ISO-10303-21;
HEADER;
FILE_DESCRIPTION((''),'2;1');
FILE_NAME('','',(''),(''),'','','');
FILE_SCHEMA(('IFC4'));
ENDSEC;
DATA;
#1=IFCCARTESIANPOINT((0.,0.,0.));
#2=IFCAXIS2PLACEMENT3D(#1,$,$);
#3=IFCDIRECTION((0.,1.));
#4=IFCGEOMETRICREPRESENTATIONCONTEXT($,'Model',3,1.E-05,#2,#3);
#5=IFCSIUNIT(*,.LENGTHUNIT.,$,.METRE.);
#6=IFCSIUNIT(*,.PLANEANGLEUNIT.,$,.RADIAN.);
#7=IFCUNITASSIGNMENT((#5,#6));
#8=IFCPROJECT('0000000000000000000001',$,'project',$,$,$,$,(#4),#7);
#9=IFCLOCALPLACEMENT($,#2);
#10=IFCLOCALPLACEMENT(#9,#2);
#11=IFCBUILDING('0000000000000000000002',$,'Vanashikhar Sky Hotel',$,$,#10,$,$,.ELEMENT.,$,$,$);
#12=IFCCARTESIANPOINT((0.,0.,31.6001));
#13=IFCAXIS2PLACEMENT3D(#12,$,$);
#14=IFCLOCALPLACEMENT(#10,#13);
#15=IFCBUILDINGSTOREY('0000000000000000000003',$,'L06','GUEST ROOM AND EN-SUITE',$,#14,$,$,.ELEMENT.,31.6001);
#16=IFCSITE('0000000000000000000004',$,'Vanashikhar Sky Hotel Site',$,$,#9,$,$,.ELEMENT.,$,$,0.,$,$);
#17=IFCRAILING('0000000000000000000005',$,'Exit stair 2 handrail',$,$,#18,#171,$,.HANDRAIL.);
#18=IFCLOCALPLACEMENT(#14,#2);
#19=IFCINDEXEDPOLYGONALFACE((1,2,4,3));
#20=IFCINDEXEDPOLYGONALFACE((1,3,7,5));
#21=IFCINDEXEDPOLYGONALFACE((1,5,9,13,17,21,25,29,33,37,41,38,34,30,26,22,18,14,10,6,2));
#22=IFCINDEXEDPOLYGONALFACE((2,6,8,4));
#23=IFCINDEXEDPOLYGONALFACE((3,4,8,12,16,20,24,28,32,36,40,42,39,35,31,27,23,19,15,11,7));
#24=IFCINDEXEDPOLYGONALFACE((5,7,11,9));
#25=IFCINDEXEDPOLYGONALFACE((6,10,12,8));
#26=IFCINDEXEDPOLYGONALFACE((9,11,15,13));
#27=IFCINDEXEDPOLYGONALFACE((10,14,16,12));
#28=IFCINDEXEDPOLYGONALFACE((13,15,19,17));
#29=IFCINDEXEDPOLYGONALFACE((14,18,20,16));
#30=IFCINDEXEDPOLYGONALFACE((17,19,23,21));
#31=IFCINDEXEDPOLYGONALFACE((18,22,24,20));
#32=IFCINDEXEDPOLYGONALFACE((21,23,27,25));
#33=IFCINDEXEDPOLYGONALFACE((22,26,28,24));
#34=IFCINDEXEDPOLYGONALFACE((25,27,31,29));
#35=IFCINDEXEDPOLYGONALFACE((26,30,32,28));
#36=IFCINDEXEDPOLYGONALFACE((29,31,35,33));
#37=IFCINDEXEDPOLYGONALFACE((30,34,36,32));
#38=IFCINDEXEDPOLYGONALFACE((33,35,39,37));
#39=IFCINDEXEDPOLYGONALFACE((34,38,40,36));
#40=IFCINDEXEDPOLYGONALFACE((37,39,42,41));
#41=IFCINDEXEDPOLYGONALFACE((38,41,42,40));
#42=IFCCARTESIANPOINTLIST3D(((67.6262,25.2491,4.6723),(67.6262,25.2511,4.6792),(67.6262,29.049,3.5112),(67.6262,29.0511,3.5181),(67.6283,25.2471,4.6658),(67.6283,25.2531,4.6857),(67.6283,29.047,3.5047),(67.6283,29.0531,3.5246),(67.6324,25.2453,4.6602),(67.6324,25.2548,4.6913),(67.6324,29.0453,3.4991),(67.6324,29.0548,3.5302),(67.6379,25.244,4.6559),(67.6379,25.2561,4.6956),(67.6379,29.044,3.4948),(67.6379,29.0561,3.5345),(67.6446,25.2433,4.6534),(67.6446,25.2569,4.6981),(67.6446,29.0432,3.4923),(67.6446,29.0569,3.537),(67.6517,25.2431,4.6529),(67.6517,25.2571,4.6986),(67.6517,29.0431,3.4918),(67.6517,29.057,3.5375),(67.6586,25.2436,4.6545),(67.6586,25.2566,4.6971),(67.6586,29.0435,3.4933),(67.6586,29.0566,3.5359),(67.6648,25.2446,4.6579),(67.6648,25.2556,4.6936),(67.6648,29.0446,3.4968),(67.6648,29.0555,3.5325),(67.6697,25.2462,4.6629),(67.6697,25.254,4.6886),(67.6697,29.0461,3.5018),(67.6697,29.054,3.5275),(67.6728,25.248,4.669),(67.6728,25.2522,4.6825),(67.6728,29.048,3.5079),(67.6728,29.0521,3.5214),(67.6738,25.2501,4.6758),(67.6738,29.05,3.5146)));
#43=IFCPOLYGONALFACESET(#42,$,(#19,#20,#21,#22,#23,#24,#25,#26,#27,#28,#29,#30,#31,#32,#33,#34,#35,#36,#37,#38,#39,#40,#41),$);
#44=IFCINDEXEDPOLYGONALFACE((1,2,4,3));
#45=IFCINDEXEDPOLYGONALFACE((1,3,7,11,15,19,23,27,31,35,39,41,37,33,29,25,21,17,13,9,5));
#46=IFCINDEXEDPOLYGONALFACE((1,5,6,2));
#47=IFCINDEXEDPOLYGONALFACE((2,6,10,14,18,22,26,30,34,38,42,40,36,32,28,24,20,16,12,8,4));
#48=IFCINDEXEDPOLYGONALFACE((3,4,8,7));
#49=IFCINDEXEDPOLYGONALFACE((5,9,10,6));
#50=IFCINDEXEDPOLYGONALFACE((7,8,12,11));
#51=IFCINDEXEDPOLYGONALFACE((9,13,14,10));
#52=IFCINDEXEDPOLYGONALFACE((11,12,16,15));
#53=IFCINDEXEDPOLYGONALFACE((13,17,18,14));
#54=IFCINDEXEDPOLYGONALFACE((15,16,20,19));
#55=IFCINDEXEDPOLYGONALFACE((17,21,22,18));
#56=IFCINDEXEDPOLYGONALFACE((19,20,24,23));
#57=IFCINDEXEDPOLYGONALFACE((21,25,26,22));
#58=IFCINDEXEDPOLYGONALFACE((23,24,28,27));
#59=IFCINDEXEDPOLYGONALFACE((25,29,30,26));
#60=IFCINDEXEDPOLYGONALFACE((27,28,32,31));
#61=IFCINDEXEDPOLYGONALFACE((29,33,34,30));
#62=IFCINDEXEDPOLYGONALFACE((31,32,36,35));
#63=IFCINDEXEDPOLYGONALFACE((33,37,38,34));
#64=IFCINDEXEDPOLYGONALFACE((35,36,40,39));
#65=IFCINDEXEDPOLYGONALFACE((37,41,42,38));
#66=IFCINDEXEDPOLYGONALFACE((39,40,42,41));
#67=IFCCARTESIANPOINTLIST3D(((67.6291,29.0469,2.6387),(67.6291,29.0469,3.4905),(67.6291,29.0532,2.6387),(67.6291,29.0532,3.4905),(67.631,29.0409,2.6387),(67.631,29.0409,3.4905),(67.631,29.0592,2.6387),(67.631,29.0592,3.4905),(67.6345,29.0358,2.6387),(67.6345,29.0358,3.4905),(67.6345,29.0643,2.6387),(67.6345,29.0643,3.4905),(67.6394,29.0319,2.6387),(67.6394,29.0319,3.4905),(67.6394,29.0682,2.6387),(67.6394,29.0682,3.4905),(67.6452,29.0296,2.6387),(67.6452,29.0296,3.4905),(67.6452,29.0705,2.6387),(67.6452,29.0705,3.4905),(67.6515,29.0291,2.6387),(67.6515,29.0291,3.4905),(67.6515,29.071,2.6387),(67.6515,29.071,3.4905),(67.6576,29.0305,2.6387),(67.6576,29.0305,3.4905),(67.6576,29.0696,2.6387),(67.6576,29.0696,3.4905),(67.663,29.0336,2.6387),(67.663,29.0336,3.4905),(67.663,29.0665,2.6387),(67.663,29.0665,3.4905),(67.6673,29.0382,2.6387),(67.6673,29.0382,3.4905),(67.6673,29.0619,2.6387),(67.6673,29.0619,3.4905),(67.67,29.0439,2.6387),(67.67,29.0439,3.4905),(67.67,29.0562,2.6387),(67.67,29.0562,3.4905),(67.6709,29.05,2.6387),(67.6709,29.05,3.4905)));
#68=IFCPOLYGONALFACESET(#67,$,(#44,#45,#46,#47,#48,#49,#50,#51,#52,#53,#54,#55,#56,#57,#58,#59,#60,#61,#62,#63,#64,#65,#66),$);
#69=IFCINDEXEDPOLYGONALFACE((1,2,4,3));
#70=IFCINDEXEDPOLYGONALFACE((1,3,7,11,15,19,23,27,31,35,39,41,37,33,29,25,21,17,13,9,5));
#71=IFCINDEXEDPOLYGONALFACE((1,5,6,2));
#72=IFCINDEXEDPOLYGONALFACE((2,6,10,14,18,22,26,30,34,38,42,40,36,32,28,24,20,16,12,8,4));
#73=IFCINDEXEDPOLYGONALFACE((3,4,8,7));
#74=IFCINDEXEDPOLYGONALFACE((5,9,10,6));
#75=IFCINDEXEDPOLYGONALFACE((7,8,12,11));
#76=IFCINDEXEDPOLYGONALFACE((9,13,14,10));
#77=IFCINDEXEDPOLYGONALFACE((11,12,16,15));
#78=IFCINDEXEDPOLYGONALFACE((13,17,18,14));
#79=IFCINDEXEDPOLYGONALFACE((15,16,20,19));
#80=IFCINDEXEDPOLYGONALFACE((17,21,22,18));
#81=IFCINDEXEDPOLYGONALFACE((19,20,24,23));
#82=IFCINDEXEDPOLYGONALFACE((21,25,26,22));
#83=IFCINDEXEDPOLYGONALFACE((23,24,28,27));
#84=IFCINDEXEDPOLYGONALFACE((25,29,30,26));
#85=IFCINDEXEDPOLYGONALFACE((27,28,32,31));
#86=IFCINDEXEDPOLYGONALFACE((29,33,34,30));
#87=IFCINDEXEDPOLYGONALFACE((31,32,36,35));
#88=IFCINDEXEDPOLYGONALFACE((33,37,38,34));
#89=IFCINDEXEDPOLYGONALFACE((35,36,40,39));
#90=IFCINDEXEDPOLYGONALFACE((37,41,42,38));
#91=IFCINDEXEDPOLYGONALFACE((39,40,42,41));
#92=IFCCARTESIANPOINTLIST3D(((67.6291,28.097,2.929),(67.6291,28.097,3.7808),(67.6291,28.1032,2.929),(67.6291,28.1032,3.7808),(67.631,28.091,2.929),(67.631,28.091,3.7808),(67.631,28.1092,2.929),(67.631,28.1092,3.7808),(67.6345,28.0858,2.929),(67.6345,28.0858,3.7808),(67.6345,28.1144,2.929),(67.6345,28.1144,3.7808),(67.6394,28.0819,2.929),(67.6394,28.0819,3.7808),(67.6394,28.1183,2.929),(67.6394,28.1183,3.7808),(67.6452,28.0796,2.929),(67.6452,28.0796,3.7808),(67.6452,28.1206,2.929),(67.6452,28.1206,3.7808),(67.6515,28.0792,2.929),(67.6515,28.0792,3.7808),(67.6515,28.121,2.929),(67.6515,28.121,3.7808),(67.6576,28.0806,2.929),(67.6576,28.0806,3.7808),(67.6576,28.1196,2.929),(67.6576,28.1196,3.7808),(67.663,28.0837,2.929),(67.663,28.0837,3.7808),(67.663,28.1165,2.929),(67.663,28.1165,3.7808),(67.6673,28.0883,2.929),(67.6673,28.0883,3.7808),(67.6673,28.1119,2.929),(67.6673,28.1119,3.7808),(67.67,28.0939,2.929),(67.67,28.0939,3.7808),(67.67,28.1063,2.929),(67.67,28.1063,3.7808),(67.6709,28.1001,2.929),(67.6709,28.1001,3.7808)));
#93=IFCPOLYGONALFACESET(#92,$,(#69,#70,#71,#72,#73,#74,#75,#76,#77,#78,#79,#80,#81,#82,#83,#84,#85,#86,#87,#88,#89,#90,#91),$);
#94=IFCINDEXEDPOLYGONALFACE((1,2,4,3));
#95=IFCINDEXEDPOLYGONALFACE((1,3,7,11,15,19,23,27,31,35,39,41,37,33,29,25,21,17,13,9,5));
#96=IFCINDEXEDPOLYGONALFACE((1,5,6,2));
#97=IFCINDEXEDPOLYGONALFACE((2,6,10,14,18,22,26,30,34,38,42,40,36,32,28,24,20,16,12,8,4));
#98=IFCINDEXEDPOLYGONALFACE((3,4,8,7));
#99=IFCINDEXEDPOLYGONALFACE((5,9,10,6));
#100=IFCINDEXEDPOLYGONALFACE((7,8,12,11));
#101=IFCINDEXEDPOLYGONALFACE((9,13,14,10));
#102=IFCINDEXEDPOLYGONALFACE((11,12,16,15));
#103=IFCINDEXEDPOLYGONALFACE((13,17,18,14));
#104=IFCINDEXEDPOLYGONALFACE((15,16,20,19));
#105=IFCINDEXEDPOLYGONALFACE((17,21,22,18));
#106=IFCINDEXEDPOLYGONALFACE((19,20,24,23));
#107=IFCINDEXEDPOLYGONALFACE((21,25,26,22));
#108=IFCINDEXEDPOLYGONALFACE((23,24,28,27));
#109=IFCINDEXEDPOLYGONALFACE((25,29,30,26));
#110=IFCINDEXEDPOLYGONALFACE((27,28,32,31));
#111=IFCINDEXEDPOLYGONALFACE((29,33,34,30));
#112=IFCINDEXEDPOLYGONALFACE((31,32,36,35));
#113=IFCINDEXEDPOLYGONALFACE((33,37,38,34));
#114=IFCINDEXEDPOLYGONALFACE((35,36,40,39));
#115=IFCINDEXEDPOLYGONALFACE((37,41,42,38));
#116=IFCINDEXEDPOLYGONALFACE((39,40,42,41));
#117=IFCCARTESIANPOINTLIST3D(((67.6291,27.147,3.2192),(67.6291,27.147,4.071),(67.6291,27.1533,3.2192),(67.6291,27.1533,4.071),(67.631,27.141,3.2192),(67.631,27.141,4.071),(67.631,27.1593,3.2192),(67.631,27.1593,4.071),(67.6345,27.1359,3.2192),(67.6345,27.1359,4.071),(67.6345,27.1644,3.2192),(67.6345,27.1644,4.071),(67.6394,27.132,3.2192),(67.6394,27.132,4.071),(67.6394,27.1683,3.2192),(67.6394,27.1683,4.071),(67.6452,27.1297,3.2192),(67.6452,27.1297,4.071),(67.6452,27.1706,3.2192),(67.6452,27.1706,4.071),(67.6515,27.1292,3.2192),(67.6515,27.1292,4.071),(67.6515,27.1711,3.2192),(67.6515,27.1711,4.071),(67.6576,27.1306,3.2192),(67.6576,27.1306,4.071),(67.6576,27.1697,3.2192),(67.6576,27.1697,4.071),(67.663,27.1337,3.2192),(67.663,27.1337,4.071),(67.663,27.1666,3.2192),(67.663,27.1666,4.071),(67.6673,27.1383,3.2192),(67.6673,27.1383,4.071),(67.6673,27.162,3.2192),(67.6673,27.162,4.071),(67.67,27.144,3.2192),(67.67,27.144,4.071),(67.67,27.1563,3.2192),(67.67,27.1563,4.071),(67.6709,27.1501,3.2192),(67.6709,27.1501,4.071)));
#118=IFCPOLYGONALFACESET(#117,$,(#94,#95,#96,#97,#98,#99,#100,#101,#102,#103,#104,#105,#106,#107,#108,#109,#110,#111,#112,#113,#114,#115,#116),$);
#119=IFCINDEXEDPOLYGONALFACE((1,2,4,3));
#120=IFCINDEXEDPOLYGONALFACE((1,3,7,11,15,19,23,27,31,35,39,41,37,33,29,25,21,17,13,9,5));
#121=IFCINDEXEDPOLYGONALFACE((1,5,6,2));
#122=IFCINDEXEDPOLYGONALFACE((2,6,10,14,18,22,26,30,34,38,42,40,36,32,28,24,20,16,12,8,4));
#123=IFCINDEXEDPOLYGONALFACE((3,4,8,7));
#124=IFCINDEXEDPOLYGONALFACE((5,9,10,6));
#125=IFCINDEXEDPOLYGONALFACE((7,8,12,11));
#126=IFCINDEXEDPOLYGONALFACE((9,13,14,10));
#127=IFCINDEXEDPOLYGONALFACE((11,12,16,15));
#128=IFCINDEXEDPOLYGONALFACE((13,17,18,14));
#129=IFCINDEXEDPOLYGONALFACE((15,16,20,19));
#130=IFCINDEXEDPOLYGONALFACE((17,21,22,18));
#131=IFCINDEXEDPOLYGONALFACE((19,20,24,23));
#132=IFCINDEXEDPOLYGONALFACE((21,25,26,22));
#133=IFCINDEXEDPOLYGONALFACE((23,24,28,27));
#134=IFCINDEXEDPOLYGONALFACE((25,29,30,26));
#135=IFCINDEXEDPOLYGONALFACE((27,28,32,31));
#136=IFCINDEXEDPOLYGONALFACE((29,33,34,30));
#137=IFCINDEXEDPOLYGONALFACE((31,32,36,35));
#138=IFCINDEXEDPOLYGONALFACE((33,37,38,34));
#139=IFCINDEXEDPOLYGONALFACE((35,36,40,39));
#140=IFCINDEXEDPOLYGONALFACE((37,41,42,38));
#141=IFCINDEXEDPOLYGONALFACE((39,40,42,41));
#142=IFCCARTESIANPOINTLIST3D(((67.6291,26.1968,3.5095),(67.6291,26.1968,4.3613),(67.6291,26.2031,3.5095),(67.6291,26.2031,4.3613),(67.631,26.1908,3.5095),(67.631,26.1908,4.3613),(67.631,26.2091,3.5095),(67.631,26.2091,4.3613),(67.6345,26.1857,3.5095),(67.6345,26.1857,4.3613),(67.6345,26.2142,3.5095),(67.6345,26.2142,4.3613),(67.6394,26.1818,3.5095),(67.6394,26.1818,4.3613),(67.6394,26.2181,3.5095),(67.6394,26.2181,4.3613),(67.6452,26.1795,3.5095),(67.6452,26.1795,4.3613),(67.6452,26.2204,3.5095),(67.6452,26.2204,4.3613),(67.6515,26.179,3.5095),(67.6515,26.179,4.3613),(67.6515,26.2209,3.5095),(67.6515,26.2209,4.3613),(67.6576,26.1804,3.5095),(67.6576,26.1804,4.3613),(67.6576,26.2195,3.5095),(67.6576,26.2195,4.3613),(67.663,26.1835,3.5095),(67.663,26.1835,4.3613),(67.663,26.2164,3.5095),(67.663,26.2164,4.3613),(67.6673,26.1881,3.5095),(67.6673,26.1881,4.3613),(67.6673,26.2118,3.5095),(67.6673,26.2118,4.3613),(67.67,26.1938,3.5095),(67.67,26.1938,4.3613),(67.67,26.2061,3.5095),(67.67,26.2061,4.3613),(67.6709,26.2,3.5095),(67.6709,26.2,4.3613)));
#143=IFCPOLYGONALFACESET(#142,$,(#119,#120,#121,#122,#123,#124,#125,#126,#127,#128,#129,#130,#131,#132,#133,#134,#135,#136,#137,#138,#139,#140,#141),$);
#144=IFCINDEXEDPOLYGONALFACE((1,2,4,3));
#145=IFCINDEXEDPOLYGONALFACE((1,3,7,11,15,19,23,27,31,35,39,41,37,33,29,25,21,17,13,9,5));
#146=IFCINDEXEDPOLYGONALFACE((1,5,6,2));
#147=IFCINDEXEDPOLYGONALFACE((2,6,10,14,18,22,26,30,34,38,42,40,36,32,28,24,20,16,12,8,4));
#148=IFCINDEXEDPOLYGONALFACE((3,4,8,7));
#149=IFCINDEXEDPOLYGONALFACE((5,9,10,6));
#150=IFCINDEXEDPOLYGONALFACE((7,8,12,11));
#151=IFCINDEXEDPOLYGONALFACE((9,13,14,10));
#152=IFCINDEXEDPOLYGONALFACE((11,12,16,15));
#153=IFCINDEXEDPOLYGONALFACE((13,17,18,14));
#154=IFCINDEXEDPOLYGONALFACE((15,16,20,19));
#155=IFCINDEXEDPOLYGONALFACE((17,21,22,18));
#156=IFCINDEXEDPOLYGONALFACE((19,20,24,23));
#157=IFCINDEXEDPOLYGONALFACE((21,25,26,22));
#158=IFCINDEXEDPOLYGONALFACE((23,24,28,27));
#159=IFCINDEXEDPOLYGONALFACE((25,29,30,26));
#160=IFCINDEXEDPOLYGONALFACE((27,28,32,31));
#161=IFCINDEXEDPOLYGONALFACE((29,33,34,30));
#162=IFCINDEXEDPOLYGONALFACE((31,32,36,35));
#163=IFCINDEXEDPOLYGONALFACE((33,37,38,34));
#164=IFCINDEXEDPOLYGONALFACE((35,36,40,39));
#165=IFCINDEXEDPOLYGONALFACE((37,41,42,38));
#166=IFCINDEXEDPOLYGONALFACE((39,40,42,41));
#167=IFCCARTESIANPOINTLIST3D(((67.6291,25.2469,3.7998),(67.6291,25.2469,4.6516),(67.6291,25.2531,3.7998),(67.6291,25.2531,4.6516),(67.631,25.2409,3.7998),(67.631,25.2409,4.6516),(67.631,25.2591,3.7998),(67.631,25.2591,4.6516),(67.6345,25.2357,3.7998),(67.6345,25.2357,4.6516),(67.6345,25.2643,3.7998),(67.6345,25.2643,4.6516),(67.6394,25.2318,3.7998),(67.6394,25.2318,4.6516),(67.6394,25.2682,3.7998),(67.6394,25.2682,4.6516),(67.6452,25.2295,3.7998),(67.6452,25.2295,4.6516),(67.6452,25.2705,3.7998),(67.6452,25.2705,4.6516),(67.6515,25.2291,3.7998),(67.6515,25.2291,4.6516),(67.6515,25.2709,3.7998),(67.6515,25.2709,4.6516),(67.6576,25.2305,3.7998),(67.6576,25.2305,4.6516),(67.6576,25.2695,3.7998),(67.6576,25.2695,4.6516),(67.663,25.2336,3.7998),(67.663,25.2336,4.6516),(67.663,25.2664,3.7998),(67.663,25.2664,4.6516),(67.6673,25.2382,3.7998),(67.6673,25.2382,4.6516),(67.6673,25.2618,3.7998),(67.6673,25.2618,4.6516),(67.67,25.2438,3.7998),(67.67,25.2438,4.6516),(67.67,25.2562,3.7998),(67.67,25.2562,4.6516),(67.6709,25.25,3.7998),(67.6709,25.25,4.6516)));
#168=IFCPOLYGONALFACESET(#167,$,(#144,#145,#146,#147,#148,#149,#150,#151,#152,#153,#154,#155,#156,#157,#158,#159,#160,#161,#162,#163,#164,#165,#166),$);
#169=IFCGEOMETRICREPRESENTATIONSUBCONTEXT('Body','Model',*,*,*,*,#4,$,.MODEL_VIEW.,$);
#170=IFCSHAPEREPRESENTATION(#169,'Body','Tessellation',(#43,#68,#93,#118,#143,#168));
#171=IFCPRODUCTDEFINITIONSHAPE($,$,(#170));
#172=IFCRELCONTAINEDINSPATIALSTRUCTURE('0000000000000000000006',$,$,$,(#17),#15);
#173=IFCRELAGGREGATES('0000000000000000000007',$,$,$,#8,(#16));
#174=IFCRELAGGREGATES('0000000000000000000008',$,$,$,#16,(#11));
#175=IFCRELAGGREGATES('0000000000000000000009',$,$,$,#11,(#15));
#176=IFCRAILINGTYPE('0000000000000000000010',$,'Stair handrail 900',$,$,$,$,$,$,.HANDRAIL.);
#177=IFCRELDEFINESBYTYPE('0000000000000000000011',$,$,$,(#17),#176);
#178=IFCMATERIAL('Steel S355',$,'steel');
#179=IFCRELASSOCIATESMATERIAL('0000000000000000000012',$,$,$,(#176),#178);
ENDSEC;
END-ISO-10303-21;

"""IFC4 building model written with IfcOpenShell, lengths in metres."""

from ifc_helpers import new_model, si_unit, direction, frame, origin, origin_2d, place, context, subcontext, project, spatial, circle, extrude, source, transform, mapped, material, type_object, element, save


model = new_model("IFC4")

# Units and contexts
model_context = context("Model", 3, precision=1e-05, world=origin(), true_north=direction((0.0, 1.0)))
body_context = subcontext(model_context, "Body", "Model", "MODEL_VIEW")
ifc_project = project(units=[si_unit("LENGTHUNIT", "METRE"), si_unit("PLANEANGLEUNIT", "RADIAN")], contexts=[model_context])

# Site, building, storey
site_placement = place(None, origin())
site = spatial("IfcSite", under=ifc_project, at=site_placement, Name="Vanashikhar Sky Hotel Site", CompositionType="ELEMENT", RefElevation=0.0)
building_placement = place(site_placement, origin())
building = spatial("IfcBuilding", under=site, at=building_placement, Name="Vanashikhar Sky Hotel", CompositionType="ELEMENT")
storey_placement = place(building_placement, frame((0.0, 0.0, 31.6001)))
storey = spatial("IfcBuildingStorey", under=building, at=storey_placement, Name="L06", Description="GUEST ROOM AND EN-SUITE", CompositionType="ELEMENT", Elevation=31.6001)

# Railing
ifc_material_1 = material(Name="Steel S355", Category="steel")
railing_type_1 = type_object("IfcRailingType", Name="Stair handrail 900", PredefinedType="HANDRAIL", material=ifc_material_1)
shared_shape_1 = source(origin(), body_context, "Body", "SweptSolid", [
    extrude(circle(Radius=0.0239, at=origin_2d()), frame((0.0, 0.0, 0.876), z_axis=(0.0, -0.956351, 0.29222), x_axis=(1.0, 0.0, 0.0)), (0.0, 0.0, 1.0), 3.9734),
    extrude(circle(Radius=0.021, at=origin_2d()), origin(), (0.0, 0.0, 1.0), 0.8518),
    extrude(circle(Radius=0.021, at=origin_2d()), frame((0.0, -0.95, 0.2903)), (0.0, 0.0, 1.0), 0.8518),
    extrude(circle(Radius=0.021, at=origin_2d()), frame((0.0, -1.8999, 0.5806)), (0.0, 0.0, 1.0), 0.8518),
    extrude(circle(Radius=0.021, at=origin_2d()), frame((0.0, -2.8501, 0.8708)), (0.0, 0.0, 1.0), 0.8518),
    extrude(circle(Radius=0.021, at=origin_2d()), frame((0.0, -3.8, 1.1611)), (0.0, 0.0, 1.0), 0.8518),
])
for number, where, name in (
    (1, (67.6499, 29.05, 2.6387), "Exit stair 2 handrail"),
):
    element("IfcRailing", number, at=place(storey_placement, frame(where)), inside=storey, type_object=railing_type_1, Name=name, PredefinedType="HANDRAIL", context=body_context, shape_type="MappedRepresentation", body=[
        mapped(shared_shape_1, transform((0.0, 0.0, 0.0), scale=1.0)),
    ])

save(model, "model.ifc")
